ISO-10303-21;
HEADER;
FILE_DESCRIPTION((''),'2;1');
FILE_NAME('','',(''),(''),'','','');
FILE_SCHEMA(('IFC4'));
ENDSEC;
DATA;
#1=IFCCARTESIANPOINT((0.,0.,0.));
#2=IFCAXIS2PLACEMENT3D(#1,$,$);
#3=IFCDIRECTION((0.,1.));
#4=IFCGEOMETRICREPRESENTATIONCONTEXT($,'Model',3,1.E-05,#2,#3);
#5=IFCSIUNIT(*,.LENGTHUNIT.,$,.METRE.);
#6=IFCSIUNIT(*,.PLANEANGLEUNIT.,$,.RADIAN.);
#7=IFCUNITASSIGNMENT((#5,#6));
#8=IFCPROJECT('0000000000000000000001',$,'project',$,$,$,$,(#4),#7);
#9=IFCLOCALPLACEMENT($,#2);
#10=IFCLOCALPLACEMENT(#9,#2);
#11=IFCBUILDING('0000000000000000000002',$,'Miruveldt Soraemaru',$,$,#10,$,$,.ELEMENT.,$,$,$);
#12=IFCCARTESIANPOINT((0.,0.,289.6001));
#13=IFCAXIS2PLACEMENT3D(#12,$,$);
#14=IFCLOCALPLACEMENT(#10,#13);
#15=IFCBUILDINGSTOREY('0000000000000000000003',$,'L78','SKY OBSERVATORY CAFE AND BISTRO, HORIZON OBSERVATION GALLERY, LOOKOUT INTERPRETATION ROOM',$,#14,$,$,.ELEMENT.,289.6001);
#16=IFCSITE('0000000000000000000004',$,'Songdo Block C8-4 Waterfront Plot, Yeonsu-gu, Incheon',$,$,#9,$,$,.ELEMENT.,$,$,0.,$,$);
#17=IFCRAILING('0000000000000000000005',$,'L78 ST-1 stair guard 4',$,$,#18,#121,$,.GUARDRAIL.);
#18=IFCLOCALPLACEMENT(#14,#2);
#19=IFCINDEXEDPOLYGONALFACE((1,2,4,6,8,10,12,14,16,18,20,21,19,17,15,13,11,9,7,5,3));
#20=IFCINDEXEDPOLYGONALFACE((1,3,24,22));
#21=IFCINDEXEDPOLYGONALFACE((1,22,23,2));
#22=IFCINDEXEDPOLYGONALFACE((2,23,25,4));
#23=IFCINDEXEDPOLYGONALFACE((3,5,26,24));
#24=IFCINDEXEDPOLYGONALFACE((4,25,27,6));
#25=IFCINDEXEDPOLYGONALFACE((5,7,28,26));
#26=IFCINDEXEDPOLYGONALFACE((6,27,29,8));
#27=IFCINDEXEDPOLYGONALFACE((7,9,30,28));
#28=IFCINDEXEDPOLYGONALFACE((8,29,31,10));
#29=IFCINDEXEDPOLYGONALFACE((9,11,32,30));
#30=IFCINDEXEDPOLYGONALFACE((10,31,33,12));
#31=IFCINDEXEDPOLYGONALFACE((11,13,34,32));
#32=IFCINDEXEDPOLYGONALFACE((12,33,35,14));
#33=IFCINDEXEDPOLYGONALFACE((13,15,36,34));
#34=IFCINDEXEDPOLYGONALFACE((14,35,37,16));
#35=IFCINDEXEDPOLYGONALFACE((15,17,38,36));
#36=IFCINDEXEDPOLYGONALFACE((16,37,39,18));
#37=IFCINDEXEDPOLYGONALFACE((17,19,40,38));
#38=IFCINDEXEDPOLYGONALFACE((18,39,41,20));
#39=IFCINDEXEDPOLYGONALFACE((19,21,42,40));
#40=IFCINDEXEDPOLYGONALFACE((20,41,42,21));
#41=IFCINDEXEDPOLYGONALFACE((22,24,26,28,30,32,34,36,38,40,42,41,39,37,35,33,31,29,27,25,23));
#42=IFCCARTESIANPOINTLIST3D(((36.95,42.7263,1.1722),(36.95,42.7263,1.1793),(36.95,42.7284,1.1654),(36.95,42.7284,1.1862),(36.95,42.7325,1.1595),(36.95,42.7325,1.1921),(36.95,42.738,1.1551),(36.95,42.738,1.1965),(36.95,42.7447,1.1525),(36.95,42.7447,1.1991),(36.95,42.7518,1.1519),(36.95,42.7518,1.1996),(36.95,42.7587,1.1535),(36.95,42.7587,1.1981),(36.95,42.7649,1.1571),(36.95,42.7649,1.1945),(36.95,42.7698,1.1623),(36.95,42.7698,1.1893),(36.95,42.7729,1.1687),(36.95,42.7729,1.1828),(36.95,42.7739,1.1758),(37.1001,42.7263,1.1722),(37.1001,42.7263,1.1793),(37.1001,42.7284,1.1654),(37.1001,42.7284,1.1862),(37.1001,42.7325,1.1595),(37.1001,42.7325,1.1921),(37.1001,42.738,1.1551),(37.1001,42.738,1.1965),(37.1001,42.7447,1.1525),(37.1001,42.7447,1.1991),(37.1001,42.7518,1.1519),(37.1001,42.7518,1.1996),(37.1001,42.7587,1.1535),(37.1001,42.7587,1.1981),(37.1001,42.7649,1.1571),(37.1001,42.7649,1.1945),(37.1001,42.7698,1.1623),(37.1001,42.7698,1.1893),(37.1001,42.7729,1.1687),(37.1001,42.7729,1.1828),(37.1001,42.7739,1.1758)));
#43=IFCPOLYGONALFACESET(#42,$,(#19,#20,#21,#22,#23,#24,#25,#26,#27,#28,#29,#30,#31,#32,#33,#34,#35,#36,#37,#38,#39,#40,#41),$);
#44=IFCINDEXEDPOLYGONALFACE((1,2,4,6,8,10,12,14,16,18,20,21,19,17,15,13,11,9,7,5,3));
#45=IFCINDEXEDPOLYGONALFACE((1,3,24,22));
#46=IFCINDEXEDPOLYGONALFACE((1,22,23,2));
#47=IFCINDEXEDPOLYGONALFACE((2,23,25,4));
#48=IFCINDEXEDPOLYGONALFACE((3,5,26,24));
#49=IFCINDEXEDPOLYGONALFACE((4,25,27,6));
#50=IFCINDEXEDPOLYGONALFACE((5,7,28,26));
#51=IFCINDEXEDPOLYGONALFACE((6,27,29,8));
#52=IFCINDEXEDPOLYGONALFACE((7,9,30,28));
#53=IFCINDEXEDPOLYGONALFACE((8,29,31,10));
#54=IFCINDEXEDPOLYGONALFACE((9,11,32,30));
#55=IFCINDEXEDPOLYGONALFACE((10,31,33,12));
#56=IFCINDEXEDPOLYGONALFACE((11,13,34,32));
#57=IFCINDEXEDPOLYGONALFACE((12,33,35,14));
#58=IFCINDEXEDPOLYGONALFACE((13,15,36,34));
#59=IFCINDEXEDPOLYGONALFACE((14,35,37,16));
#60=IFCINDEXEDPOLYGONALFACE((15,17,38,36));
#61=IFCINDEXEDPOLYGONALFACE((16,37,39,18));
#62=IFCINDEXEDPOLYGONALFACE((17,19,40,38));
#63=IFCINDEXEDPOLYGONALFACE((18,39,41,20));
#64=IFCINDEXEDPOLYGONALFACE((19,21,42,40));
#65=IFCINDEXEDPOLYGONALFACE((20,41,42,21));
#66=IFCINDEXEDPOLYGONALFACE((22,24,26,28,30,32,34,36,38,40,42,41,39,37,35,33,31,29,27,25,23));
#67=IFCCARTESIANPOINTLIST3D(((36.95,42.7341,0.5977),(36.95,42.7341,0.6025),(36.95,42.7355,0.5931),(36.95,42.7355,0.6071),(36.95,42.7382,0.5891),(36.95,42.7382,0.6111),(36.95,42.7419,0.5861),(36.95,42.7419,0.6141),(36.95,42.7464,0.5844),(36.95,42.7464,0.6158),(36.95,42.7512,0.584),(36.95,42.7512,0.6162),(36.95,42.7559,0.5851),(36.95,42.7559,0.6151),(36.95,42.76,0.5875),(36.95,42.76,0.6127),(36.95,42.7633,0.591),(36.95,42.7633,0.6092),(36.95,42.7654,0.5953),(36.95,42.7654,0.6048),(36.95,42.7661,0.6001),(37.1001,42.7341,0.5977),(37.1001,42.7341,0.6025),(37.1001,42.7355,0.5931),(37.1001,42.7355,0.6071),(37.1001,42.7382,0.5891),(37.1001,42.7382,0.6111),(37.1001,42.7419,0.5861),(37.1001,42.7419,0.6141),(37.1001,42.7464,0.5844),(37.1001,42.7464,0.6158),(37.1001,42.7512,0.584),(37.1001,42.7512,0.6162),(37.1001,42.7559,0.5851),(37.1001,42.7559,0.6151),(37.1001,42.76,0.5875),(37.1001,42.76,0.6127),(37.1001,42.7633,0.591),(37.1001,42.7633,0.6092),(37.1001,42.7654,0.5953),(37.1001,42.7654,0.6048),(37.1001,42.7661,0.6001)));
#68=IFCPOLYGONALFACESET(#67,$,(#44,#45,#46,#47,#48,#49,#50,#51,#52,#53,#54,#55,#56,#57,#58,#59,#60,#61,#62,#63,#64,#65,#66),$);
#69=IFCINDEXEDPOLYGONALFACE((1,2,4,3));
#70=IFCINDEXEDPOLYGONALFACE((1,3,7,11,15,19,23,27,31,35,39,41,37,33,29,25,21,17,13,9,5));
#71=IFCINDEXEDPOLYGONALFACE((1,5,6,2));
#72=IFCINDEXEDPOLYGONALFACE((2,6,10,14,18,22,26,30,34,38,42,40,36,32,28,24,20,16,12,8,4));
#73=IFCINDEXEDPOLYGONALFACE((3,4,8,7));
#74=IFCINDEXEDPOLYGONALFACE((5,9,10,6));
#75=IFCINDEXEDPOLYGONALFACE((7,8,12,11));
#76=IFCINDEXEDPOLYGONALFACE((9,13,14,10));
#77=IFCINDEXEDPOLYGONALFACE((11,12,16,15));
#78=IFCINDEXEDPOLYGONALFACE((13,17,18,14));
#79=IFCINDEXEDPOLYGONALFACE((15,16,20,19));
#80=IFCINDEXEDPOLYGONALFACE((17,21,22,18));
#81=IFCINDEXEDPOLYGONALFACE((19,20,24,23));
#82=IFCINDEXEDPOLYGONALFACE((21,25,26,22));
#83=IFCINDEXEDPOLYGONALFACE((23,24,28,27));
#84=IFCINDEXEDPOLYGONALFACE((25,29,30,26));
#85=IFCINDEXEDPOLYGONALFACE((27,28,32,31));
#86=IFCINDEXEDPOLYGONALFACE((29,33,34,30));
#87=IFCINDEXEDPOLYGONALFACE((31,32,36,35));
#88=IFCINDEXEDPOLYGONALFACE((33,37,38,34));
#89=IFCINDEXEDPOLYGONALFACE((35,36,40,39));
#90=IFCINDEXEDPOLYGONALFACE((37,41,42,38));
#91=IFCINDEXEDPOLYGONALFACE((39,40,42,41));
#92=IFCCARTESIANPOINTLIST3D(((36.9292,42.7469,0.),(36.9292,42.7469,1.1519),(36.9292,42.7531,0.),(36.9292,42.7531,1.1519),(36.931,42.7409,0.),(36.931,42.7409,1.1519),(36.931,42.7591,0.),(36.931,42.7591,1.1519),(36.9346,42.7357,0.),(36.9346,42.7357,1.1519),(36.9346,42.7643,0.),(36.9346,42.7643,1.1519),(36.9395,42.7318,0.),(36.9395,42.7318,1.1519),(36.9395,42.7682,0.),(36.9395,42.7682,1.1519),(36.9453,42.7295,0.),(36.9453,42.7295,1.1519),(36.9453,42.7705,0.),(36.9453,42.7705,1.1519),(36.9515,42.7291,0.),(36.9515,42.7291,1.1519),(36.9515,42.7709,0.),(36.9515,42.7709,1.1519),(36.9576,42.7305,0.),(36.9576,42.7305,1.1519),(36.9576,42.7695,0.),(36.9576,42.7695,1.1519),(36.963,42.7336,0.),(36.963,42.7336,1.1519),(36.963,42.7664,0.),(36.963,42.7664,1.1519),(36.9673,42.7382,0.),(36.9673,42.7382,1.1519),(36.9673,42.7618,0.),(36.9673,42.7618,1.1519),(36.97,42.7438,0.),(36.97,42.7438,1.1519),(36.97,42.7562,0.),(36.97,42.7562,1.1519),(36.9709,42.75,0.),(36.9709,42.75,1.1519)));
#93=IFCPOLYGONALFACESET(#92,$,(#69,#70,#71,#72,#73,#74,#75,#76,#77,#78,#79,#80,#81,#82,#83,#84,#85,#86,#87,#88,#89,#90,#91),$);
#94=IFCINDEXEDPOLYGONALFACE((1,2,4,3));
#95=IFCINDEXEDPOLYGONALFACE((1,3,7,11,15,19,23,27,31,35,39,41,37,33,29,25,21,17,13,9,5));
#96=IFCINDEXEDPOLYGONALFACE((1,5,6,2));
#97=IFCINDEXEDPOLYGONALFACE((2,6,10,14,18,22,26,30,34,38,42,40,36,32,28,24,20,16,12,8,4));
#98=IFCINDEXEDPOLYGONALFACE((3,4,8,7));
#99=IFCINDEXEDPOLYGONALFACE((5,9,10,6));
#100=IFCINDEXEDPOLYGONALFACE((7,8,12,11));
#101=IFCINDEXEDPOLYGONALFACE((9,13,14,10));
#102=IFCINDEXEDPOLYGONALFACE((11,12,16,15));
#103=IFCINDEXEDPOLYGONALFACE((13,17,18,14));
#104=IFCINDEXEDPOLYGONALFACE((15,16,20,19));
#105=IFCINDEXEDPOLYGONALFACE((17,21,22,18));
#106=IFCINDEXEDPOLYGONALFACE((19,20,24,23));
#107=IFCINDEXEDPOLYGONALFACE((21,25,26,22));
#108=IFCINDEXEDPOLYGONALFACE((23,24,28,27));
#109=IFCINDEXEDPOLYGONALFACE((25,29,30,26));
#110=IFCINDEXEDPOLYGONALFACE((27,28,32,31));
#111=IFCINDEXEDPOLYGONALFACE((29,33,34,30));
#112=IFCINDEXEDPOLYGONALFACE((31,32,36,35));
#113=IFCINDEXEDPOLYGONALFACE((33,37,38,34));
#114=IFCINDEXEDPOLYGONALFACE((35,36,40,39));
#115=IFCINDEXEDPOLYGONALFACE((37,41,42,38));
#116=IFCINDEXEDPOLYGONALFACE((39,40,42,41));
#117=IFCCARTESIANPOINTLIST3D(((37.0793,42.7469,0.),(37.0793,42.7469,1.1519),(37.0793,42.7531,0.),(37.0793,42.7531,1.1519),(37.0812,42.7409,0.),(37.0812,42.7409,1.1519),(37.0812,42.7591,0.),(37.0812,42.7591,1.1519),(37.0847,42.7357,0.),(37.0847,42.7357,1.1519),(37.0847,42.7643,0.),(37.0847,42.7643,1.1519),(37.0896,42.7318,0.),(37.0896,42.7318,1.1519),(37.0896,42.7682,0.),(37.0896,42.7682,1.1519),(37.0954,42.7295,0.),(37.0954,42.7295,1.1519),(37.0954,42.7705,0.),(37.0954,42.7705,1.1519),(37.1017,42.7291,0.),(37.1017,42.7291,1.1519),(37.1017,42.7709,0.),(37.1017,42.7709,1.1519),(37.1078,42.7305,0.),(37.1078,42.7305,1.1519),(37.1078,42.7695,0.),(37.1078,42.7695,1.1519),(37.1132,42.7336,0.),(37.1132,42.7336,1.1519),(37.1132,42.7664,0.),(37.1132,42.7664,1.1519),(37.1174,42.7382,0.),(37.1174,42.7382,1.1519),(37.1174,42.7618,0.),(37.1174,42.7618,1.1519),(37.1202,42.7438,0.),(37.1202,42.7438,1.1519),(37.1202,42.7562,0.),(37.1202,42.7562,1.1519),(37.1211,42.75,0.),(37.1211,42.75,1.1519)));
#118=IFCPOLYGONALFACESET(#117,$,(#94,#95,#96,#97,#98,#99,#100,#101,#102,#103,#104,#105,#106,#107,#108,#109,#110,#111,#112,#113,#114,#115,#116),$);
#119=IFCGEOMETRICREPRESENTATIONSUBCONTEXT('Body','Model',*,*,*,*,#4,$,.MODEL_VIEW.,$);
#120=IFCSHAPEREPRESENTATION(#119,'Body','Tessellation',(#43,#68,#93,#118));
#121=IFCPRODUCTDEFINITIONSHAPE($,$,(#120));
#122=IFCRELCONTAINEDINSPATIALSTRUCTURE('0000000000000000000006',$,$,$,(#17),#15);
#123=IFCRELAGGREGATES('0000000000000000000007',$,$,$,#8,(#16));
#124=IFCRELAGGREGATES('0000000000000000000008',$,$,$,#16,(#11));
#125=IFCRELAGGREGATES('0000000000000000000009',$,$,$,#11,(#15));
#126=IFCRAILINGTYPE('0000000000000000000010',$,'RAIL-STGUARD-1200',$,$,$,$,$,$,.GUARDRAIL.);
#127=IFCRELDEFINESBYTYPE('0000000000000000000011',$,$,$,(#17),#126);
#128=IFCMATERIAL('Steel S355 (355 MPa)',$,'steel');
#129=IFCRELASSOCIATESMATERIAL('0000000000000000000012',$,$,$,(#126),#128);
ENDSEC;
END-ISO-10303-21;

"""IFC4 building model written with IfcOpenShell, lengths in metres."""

from ifc_helpers import new_model, si_unit, direction, frame, origin, origin_2d, place, context, subcontext, project, spatial, circle, extrude, material, type_object, element, save


model = new_model("IFC4")

# Units and contexts
model_context = context("Model", 3, precision=1e-05, world=origin(), true_north=direction((0.0, 1.0)))
body_context = subcontext(model_context, "Body", "Model", "MODEL_VIEW")
ifc_project = project(units=[si_unit("LENGTHUNIT", "METRE"), si_unit("PLANEANGLEUNIT", "RADIAN")], contexts=[model_context])

# Site, building, storey
site_placement = place(None, origin())
site = spatial("IfcSite", under=ifc_project, at=site_placement, Name="Songdo Block C8-4 Waterfront Plot, Yeonsu-gu, Incheon", CompositionType="ELEMENT", RefElevation=0.0)
building_placement = place(site_placement, origin())
building = spatial("IfcBuilding", under=site, at=building_placement, Name="Miruveldt Soraemaru", CompositionType="ELEMENT")
storey_placement = place(building_placement, frame((0.0, 0.0, 289.6001)))
storey = spatial("IfcBuildingStorey", under=building, at=storey_placement, Name="L78", Description="SKY OBSERVATORY CAFE AND BISTRO, HORIZON OBSERVATION GALLERY, LOOKOUT INTERPRETATION ROOM", CompositionType="ELEMENT", Elevation=289.6001)

# Railing
ifc_material_1 = material(Name="Steel S355 (355 MPa)", Category="steel")
railing_type = type_object("IfcRailingType", Name="RAIL-STGUARD-1200", PredefinedType="GUARDRAIL", material=ifc_material_1)
railing_1_placement = place(storey_placement, frame((36.95, 42.75, 0.0)))
element("IfcRailing", 1, at=railing_1_placement, inside=storey, type_object=railing_type, Name="L78 ST-1 stair guard 4", PredefinedType="GUARDRAIL", context=body_context, shape_type="SweptSolid", body=[
    extrude(circle(Radius=0.0239, at=origin_2d()), frame((0.0, 0.0, 1.1758), z_axis=(1.0, 0.0, 0.0), x_axis=(0.0, 1.0, 0.0)), (0.0, 0.0, 1.0), 0.1501),
    extrude(circle(Radius=0.0161, at=origin_2d()), frame((0.0, 0.0, 0.6001), z_axis=(1.0, 0.0, 0.0), x_axis=(0.0, 1.0, 0.0)), (0.0, 0.0, 1.0), 0.1501),
    extrude(circle(Radius=0.021, at=origin_2d()), origin(), (0.0, 0.0, 1.0), 1.1519),
    extrude(circle(Radius=0.021, at=origin_2d()), frame((0.1501, 0.0, 0.0)), (0.0, 0.0, 1.0), 1.1519),
])

save(model, "model.ifc")
